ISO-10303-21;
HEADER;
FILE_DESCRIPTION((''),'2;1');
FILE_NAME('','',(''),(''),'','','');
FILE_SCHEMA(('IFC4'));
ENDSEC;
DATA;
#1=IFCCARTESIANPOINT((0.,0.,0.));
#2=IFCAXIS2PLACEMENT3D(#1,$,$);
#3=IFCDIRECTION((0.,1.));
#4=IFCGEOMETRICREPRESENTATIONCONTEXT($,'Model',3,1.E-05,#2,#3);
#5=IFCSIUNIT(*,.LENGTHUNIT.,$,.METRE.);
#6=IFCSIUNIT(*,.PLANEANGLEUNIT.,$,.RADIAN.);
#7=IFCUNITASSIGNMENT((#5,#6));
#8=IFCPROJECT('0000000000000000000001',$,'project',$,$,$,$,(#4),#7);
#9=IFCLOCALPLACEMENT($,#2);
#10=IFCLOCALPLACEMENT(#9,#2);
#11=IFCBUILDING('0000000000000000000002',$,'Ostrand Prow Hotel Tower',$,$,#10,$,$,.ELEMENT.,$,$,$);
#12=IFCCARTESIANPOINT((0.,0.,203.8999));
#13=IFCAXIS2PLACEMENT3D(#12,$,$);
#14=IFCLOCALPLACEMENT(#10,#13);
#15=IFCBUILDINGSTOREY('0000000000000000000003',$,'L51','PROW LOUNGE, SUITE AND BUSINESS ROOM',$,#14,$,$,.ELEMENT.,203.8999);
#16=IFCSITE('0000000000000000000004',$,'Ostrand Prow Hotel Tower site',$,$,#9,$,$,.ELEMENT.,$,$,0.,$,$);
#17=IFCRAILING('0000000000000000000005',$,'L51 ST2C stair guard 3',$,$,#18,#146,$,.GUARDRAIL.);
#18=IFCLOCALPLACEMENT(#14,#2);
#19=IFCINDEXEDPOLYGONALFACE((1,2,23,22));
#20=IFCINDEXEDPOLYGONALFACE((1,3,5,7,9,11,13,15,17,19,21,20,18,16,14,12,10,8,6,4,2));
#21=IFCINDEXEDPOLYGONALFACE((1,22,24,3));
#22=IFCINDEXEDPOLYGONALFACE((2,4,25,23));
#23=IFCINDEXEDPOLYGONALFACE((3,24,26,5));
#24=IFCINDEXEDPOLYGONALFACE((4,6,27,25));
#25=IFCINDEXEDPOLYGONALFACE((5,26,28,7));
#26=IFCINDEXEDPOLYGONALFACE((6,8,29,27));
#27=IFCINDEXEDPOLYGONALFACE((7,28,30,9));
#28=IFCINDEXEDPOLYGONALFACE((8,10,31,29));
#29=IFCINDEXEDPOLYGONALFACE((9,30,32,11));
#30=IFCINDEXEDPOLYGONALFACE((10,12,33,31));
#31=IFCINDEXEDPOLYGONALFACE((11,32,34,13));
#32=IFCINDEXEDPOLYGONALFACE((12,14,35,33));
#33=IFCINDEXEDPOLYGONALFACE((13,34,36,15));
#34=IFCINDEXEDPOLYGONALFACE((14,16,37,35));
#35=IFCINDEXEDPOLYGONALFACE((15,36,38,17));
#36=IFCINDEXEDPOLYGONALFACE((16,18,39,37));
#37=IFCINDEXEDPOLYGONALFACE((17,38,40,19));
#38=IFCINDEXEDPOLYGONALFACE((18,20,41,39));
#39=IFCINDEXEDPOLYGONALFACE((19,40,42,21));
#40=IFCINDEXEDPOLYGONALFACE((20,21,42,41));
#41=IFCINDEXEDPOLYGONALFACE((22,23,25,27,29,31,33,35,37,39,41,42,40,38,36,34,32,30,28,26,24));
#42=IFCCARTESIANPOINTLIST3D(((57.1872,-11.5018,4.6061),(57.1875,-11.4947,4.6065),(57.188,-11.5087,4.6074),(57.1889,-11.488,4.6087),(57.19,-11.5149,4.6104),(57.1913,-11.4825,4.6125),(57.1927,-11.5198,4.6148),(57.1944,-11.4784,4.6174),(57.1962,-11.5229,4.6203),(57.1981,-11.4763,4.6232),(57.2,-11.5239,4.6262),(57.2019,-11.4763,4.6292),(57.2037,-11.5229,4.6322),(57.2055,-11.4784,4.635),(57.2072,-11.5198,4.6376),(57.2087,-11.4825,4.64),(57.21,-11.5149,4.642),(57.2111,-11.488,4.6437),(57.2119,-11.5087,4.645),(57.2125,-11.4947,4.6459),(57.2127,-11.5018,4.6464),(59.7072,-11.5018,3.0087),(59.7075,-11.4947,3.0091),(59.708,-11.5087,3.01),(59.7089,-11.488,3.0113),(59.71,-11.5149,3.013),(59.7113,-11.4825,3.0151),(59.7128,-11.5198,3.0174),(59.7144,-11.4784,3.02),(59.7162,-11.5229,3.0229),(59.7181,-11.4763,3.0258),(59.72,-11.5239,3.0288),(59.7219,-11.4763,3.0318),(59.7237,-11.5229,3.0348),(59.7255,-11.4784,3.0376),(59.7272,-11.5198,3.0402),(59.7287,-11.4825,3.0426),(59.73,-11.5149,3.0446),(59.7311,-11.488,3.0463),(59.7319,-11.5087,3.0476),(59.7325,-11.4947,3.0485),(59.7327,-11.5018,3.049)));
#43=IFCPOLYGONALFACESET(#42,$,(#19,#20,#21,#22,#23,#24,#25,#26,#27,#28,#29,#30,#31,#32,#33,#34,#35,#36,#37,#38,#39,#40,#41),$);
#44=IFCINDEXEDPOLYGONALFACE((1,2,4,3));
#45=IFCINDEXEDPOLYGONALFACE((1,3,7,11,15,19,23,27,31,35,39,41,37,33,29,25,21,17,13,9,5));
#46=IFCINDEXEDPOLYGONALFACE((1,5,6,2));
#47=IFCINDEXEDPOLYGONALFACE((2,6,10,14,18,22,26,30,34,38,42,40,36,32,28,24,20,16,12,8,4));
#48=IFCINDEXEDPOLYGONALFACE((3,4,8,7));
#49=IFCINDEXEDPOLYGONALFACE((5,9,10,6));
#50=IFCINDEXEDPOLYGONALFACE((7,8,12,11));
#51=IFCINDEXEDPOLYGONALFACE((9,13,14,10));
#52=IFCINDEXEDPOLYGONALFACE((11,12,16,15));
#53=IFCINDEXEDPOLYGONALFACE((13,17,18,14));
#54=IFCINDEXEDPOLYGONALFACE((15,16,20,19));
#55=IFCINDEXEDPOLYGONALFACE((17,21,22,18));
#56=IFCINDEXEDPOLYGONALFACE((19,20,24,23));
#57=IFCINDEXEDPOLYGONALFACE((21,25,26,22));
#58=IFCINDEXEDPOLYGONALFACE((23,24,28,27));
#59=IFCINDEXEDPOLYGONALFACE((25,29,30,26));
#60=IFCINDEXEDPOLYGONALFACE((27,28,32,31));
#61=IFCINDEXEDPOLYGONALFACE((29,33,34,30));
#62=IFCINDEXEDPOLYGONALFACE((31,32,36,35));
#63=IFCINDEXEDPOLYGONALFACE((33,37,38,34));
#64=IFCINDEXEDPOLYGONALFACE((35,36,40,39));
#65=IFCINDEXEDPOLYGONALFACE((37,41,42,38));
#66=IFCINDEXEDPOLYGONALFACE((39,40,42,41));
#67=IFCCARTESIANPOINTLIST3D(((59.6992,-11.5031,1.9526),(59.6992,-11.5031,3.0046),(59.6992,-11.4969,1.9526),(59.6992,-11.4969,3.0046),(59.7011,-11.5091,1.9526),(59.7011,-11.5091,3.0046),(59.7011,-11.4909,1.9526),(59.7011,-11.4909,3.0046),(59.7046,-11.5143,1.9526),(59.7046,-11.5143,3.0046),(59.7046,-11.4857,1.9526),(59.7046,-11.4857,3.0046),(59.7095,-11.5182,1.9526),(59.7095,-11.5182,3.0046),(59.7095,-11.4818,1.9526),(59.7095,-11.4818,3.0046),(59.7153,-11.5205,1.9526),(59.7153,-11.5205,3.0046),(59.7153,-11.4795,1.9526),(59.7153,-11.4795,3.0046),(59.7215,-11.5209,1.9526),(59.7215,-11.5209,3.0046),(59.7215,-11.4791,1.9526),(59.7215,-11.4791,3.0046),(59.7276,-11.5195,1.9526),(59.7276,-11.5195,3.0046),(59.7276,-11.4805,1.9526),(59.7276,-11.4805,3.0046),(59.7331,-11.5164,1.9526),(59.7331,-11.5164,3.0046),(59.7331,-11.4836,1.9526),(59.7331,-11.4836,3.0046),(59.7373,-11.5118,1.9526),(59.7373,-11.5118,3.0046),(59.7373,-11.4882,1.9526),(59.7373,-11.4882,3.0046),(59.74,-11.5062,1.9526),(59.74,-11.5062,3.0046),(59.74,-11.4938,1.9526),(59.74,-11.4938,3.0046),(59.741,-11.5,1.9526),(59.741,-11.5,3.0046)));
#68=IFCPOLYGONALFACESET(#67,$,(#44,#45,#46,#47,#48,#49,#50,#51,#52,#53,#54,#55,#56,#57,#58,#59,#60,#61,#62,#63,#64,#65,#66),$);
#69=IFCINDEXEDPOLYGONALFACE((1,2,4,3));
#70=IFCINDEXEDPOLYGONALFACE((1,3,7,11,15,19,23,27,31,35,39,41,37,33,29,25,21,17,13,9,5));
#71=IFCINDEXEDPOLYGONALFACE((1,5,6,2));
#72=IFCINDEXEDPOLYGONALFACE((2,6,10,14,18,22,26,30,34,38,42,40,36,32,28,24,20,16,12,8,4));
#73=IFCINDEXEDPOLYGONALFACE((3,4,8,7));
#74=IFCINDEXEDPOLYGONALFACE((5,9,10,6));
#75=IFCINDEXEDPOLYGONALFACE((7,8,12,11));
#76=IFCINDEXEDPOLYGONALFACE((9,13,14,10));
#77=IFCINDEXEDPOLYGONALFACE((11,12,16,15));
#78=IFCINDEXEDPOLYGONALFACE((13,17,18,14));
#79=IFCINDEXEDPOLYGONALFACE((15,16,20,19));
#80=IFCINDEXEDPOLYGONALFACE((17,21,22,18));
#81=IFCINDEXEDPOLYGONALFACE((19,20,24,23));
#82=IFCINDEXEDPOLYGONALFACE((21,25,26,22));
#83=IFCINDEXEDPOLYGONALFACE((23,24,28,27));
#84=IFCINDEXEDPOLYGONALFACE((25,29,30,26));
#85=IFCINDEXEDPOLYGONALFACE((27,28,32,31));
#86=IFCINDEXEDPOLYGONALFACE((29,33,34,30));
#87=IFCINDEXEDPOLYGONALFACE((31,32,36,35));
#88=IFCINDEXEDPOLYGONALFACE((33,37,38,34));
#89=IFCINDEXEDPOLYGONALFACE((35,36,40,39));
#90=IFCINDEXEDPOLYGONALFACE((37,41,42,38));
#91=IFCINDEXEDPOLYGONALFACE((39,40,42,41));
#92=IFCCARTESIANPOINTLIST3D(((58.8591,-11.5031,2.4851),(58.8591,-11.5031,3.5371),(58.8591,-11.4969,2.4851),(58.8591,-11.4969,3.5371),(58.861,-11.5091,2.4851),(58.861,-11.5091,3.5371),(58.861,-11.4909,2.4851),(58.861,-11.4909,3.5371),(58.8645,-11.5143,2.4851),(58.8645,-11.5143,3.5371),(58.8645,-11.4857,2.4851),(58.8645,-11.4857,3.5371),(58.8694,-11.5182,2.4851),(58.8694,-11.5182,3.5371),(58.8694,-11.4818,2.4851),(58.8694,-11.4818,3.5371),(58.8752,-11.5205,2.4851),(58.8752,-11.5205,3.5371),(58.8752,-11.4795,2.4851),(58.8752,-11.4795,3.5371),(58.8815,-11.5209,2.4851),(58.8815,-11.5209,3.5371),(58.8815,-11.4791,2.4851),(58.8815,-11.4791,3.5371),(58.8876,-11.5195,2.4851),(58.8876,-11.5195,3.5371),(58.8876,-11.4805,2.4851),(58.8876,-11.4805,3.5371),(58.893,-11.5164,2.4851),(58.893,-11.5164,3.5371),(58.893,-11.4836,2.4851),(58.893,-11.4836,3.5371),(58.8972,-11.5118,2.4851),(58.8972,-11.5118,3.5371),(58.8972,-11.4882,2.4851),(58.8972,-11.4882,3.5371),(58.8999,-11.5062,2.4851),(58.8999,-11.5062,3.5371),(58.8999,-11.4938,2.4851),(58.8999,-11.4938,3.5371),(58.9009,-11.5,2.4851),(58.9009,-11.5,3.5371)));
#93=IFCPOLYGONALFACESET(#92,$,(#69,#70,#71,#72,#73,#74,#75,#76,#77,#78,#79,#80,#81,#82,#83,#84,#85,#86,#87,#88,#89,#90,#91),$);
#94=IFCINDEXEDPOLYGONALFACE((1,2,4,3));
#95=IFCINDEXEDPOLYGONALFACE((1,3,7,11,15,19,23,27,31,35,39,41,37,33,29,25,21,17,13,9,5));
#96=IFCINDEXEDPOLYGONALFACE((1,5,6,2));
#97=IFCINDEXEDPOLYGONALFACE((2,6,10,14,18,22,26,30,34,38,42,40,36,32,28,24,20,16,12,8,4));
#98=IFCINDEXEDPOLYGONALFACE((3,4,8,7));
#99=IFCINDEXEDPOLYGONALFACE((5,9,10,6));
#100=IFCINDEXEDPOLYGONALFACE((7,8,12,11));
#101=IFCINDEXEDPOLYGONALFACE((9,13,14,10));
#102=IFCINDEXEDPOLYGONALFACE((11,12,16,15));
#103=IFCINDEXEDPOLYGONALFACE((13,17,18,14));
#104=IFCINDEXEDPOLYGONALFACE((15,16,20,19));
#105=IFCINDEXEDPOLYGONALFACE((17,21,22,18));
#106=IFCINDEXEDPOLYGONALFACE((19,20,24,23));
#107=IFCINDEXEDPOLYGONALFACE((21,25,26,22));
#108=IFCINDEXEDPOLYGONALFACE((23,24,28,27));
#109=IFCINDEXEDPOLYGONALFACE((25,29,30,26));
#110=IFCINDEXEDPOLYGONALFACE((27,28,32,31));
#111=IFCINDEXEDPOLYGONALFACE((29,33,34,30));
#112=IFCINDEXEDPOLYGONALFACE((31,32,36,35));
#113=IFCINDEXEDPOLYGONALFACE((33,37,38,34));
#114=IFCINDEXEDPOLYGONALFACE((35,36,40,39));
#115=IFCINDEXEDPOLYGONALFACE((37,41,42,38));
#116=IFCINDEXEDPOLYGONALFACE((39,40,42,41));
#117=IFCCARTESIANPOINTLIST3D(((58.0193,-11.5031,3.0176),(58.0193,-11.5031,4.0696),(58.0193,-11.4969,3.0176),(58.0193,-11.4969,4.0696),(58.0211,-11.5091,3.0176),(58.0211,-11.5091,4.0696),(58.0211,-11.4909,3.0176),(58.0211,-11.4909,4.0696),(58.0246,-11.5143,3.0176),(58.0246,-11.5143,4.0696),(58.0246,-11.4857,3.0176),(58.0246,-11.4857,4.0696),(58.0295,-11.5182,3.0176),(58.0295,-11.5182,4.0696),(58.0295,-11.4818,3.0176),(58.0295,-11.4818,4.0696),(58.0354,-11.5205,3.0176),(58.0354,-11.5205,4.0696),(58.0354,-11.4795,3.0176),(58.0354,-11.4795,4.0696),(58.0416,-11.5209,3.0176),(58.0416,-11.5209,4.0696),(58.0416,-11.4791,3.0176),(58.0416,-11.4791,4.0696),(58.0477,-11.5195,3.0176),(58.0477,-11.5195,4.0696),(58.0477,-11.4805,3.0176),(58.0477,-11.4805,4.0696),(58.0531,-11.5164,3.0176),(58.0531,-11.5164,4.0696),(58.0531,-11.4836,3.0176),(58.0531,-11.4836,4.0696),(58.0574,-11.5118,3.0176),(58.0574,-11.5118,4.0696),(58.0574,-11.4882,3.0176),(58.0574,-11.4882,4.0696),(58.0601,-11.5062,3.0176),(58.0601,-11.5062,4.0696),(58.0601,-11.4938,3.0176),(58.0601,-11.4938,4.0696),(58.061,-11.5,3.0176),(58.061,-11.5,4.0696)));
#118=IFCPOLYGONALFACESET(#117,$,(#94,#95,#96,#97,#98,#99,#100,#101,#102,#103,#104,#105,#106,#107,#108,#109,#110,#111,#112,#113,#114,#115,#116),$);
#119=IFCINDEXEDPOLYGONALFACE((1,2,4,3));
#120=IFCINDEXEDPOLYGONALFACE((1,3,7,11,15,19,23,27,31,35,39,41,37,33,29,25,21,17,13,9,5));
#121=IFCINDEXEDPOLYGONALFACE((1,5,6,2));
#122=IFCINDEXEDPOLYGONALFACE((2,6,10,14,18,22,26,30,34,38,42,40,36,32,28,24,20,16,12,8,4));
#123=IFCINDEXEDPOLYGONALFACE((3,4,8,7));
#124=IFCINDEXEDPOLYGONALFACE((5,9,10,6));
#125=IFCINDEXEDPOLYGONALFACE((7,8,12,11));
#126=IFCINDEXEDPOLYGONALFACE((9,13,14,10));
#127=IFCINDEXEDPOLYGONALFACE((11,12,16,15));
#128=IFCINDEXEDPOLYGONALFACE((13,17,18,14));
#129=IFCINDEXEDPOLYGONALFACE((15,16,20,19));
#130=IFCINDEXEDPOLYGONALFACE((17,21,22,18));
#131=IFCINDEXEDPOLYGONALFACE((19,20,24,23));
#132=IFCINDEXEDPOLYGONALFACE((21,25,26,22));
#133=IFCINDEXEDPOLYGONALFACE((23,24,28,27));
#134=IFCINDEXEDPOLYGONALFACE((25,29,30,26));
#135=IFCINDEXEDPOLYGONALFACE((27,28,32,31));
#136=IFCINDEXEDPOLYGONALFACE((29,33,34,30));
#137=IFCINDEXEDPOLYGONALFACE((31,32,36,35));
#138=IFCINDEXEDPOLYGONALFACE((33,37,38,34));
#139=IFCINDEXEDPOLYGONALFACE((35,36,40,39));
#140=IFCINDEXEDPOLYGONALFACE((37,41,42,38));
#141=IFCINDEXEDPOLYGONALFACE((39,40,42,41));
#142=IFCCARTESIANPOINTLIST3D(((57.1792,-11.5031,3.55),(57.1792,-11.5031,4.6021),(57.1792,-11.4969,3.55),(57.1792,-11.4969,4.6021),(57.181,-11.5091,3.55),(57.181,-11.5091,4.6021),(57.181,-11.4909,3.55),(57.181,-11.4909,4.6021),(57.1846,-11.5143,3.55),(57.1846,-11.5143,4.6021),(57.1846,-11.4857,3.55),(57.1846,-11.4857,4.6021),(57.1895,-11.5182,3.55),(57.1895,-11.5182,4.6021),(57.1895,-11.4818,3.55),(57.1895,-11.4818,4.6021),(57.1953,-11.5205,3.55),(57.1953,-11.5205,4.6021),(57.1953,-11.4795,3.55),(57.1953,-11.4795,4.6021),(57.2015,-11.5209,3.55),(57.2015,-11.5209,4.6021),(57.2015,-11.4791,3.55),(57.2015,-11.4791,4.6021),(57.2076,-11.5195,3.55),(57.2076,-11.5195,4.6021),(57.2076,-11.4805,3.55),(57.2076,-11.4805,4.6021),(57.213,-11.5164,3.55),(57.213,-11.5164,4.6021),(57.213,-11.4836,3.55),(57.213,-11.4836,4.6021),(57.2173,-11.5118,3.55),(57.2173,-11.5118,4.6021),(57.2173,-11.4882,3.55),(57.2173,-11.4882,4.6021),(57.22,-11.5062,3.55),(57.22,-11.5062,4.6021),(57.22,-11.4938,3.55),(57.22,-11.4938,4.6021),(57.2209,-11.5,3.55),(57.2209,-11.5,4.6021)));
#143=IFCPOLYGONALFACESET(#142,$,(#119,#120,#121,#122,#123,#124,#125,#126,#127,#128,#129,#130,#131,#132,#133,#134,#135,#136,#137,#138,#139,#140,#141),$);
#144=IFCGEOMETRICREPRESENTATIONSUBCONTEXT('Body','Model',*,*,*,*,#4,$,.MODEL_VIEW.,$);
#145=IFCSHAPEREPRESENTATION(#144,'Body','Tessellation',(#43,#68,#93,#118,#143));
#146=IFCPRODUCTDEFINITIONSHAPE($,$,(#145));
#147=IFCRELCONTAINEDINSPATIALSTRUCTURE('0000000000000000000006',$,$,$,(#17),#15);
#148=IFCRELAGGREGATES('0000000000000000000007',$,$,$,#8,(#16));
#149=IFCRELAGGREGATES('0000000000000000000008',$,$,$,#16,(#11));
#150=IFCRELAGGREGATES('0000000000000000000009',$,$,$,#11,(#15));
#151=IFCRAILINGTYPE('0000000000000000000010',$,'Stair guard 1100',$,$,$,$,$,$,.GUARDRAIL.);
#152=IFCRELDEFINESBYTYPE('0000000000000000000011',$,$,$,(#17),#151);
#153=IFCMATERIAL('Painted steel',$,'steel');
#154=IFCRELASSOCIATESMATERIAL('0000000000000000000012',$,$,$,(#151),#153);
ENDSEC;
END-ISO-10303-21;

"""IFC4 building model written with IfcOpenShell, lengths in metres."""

from ifc_helpers import new_model, si_unit, direction, frame, origin, origin_2d, place, context, subcontext, project, spatial, circle, extrude, material, type_object, element, save


model = new_model("IFC4")

# Units and contexts
model_context = context("Model", 3, precision=1e-05, world=origin(), true_north=direction((0.0, 1.0)))
body_context = subcontext(model_context, "Body", "Model", "MODEL_VIEW")
ifc_project = project(units=[si_unit("LENGTHUNIT", "METRE"), si_unit("PLANEANGLEUNIT", "RADIAN")], contexts=[model_context])

# Site, building, storey
site_placement = place(None, origin())
site = spatial("IfcSite", under=ifc_project, at=site_placement, Name="Ostrand Prow Hotel Tower site", CompositionType="ELEMENT", RefElevation=0.0)
building_placement = place(site_placement, origin())
building = spatial("IfcBuilding", under=site, at=building_placement, Name="Ostrand Prow Hotel Tower", CompositionType="ELEMENT")
storey_placement = place(building_placement, frame((0.0, 0.0, 203.8999)))
storey = spatial("IfcBuildingStorey", under=building, at=storey_placement, Name="L51", Description="PROW LOUNGE, SUITE AND BUSINESS ROOM", CompositionType="ELEMENT", Elevation=203.8999)

# Railing
ifc_material_1 = material(Name="Painted steel", Category="steel")
railing_type_1 = type_object("IfcRailingType", Name="Stair guard 1100", PredefinedType="GUARDRAIL", material=ifc_material_1)
railing_1_placement = place(storey_placement, frame((59.72, -11.5, 1.9526)))
element("IfcRailing", 1, at=railing_1_placement, inside=storey, type_object=railing_type_1, Name="L51 ST2C stair guard 3", PredefinedType="GUARDRAIL", context=body_context, shape_type="SweptSolid", body=[
    extrude(circle(Radius=0.0239, at=origin_2d()), frame((0.0, 0.0, 1.0762), z_axis=(-0.844607, 0.0, 0.535387), x_axis=(0.0, -1.0, 0.0)), (0.0, 0.0, 1.0), 2.9836),
    extrude(circle(Radius=0.021, at=origin_2d()), origin(), (0.0, 0.0, 1.0), 1.052),
    extrude(circle(Radius=0.021, at=origin_2d()), frame((-0.8401, 0.0, 0.5325)), (0.0, 0.0, 1.0), 1.052),
    extrude(circle(Radius=0.021, at=origin_2d()), frame((-1.6799, 0.0, 1.0649)), (0.0, 0.0, 1.0), 1.052),
    extrude(circle(Radius=0.021, at=origin_2d()), frame((-2.52, 0.0, 1.5974)), (0.0, 0.0, 1.0), 1.052),
])

save(model, "model.ifc")
